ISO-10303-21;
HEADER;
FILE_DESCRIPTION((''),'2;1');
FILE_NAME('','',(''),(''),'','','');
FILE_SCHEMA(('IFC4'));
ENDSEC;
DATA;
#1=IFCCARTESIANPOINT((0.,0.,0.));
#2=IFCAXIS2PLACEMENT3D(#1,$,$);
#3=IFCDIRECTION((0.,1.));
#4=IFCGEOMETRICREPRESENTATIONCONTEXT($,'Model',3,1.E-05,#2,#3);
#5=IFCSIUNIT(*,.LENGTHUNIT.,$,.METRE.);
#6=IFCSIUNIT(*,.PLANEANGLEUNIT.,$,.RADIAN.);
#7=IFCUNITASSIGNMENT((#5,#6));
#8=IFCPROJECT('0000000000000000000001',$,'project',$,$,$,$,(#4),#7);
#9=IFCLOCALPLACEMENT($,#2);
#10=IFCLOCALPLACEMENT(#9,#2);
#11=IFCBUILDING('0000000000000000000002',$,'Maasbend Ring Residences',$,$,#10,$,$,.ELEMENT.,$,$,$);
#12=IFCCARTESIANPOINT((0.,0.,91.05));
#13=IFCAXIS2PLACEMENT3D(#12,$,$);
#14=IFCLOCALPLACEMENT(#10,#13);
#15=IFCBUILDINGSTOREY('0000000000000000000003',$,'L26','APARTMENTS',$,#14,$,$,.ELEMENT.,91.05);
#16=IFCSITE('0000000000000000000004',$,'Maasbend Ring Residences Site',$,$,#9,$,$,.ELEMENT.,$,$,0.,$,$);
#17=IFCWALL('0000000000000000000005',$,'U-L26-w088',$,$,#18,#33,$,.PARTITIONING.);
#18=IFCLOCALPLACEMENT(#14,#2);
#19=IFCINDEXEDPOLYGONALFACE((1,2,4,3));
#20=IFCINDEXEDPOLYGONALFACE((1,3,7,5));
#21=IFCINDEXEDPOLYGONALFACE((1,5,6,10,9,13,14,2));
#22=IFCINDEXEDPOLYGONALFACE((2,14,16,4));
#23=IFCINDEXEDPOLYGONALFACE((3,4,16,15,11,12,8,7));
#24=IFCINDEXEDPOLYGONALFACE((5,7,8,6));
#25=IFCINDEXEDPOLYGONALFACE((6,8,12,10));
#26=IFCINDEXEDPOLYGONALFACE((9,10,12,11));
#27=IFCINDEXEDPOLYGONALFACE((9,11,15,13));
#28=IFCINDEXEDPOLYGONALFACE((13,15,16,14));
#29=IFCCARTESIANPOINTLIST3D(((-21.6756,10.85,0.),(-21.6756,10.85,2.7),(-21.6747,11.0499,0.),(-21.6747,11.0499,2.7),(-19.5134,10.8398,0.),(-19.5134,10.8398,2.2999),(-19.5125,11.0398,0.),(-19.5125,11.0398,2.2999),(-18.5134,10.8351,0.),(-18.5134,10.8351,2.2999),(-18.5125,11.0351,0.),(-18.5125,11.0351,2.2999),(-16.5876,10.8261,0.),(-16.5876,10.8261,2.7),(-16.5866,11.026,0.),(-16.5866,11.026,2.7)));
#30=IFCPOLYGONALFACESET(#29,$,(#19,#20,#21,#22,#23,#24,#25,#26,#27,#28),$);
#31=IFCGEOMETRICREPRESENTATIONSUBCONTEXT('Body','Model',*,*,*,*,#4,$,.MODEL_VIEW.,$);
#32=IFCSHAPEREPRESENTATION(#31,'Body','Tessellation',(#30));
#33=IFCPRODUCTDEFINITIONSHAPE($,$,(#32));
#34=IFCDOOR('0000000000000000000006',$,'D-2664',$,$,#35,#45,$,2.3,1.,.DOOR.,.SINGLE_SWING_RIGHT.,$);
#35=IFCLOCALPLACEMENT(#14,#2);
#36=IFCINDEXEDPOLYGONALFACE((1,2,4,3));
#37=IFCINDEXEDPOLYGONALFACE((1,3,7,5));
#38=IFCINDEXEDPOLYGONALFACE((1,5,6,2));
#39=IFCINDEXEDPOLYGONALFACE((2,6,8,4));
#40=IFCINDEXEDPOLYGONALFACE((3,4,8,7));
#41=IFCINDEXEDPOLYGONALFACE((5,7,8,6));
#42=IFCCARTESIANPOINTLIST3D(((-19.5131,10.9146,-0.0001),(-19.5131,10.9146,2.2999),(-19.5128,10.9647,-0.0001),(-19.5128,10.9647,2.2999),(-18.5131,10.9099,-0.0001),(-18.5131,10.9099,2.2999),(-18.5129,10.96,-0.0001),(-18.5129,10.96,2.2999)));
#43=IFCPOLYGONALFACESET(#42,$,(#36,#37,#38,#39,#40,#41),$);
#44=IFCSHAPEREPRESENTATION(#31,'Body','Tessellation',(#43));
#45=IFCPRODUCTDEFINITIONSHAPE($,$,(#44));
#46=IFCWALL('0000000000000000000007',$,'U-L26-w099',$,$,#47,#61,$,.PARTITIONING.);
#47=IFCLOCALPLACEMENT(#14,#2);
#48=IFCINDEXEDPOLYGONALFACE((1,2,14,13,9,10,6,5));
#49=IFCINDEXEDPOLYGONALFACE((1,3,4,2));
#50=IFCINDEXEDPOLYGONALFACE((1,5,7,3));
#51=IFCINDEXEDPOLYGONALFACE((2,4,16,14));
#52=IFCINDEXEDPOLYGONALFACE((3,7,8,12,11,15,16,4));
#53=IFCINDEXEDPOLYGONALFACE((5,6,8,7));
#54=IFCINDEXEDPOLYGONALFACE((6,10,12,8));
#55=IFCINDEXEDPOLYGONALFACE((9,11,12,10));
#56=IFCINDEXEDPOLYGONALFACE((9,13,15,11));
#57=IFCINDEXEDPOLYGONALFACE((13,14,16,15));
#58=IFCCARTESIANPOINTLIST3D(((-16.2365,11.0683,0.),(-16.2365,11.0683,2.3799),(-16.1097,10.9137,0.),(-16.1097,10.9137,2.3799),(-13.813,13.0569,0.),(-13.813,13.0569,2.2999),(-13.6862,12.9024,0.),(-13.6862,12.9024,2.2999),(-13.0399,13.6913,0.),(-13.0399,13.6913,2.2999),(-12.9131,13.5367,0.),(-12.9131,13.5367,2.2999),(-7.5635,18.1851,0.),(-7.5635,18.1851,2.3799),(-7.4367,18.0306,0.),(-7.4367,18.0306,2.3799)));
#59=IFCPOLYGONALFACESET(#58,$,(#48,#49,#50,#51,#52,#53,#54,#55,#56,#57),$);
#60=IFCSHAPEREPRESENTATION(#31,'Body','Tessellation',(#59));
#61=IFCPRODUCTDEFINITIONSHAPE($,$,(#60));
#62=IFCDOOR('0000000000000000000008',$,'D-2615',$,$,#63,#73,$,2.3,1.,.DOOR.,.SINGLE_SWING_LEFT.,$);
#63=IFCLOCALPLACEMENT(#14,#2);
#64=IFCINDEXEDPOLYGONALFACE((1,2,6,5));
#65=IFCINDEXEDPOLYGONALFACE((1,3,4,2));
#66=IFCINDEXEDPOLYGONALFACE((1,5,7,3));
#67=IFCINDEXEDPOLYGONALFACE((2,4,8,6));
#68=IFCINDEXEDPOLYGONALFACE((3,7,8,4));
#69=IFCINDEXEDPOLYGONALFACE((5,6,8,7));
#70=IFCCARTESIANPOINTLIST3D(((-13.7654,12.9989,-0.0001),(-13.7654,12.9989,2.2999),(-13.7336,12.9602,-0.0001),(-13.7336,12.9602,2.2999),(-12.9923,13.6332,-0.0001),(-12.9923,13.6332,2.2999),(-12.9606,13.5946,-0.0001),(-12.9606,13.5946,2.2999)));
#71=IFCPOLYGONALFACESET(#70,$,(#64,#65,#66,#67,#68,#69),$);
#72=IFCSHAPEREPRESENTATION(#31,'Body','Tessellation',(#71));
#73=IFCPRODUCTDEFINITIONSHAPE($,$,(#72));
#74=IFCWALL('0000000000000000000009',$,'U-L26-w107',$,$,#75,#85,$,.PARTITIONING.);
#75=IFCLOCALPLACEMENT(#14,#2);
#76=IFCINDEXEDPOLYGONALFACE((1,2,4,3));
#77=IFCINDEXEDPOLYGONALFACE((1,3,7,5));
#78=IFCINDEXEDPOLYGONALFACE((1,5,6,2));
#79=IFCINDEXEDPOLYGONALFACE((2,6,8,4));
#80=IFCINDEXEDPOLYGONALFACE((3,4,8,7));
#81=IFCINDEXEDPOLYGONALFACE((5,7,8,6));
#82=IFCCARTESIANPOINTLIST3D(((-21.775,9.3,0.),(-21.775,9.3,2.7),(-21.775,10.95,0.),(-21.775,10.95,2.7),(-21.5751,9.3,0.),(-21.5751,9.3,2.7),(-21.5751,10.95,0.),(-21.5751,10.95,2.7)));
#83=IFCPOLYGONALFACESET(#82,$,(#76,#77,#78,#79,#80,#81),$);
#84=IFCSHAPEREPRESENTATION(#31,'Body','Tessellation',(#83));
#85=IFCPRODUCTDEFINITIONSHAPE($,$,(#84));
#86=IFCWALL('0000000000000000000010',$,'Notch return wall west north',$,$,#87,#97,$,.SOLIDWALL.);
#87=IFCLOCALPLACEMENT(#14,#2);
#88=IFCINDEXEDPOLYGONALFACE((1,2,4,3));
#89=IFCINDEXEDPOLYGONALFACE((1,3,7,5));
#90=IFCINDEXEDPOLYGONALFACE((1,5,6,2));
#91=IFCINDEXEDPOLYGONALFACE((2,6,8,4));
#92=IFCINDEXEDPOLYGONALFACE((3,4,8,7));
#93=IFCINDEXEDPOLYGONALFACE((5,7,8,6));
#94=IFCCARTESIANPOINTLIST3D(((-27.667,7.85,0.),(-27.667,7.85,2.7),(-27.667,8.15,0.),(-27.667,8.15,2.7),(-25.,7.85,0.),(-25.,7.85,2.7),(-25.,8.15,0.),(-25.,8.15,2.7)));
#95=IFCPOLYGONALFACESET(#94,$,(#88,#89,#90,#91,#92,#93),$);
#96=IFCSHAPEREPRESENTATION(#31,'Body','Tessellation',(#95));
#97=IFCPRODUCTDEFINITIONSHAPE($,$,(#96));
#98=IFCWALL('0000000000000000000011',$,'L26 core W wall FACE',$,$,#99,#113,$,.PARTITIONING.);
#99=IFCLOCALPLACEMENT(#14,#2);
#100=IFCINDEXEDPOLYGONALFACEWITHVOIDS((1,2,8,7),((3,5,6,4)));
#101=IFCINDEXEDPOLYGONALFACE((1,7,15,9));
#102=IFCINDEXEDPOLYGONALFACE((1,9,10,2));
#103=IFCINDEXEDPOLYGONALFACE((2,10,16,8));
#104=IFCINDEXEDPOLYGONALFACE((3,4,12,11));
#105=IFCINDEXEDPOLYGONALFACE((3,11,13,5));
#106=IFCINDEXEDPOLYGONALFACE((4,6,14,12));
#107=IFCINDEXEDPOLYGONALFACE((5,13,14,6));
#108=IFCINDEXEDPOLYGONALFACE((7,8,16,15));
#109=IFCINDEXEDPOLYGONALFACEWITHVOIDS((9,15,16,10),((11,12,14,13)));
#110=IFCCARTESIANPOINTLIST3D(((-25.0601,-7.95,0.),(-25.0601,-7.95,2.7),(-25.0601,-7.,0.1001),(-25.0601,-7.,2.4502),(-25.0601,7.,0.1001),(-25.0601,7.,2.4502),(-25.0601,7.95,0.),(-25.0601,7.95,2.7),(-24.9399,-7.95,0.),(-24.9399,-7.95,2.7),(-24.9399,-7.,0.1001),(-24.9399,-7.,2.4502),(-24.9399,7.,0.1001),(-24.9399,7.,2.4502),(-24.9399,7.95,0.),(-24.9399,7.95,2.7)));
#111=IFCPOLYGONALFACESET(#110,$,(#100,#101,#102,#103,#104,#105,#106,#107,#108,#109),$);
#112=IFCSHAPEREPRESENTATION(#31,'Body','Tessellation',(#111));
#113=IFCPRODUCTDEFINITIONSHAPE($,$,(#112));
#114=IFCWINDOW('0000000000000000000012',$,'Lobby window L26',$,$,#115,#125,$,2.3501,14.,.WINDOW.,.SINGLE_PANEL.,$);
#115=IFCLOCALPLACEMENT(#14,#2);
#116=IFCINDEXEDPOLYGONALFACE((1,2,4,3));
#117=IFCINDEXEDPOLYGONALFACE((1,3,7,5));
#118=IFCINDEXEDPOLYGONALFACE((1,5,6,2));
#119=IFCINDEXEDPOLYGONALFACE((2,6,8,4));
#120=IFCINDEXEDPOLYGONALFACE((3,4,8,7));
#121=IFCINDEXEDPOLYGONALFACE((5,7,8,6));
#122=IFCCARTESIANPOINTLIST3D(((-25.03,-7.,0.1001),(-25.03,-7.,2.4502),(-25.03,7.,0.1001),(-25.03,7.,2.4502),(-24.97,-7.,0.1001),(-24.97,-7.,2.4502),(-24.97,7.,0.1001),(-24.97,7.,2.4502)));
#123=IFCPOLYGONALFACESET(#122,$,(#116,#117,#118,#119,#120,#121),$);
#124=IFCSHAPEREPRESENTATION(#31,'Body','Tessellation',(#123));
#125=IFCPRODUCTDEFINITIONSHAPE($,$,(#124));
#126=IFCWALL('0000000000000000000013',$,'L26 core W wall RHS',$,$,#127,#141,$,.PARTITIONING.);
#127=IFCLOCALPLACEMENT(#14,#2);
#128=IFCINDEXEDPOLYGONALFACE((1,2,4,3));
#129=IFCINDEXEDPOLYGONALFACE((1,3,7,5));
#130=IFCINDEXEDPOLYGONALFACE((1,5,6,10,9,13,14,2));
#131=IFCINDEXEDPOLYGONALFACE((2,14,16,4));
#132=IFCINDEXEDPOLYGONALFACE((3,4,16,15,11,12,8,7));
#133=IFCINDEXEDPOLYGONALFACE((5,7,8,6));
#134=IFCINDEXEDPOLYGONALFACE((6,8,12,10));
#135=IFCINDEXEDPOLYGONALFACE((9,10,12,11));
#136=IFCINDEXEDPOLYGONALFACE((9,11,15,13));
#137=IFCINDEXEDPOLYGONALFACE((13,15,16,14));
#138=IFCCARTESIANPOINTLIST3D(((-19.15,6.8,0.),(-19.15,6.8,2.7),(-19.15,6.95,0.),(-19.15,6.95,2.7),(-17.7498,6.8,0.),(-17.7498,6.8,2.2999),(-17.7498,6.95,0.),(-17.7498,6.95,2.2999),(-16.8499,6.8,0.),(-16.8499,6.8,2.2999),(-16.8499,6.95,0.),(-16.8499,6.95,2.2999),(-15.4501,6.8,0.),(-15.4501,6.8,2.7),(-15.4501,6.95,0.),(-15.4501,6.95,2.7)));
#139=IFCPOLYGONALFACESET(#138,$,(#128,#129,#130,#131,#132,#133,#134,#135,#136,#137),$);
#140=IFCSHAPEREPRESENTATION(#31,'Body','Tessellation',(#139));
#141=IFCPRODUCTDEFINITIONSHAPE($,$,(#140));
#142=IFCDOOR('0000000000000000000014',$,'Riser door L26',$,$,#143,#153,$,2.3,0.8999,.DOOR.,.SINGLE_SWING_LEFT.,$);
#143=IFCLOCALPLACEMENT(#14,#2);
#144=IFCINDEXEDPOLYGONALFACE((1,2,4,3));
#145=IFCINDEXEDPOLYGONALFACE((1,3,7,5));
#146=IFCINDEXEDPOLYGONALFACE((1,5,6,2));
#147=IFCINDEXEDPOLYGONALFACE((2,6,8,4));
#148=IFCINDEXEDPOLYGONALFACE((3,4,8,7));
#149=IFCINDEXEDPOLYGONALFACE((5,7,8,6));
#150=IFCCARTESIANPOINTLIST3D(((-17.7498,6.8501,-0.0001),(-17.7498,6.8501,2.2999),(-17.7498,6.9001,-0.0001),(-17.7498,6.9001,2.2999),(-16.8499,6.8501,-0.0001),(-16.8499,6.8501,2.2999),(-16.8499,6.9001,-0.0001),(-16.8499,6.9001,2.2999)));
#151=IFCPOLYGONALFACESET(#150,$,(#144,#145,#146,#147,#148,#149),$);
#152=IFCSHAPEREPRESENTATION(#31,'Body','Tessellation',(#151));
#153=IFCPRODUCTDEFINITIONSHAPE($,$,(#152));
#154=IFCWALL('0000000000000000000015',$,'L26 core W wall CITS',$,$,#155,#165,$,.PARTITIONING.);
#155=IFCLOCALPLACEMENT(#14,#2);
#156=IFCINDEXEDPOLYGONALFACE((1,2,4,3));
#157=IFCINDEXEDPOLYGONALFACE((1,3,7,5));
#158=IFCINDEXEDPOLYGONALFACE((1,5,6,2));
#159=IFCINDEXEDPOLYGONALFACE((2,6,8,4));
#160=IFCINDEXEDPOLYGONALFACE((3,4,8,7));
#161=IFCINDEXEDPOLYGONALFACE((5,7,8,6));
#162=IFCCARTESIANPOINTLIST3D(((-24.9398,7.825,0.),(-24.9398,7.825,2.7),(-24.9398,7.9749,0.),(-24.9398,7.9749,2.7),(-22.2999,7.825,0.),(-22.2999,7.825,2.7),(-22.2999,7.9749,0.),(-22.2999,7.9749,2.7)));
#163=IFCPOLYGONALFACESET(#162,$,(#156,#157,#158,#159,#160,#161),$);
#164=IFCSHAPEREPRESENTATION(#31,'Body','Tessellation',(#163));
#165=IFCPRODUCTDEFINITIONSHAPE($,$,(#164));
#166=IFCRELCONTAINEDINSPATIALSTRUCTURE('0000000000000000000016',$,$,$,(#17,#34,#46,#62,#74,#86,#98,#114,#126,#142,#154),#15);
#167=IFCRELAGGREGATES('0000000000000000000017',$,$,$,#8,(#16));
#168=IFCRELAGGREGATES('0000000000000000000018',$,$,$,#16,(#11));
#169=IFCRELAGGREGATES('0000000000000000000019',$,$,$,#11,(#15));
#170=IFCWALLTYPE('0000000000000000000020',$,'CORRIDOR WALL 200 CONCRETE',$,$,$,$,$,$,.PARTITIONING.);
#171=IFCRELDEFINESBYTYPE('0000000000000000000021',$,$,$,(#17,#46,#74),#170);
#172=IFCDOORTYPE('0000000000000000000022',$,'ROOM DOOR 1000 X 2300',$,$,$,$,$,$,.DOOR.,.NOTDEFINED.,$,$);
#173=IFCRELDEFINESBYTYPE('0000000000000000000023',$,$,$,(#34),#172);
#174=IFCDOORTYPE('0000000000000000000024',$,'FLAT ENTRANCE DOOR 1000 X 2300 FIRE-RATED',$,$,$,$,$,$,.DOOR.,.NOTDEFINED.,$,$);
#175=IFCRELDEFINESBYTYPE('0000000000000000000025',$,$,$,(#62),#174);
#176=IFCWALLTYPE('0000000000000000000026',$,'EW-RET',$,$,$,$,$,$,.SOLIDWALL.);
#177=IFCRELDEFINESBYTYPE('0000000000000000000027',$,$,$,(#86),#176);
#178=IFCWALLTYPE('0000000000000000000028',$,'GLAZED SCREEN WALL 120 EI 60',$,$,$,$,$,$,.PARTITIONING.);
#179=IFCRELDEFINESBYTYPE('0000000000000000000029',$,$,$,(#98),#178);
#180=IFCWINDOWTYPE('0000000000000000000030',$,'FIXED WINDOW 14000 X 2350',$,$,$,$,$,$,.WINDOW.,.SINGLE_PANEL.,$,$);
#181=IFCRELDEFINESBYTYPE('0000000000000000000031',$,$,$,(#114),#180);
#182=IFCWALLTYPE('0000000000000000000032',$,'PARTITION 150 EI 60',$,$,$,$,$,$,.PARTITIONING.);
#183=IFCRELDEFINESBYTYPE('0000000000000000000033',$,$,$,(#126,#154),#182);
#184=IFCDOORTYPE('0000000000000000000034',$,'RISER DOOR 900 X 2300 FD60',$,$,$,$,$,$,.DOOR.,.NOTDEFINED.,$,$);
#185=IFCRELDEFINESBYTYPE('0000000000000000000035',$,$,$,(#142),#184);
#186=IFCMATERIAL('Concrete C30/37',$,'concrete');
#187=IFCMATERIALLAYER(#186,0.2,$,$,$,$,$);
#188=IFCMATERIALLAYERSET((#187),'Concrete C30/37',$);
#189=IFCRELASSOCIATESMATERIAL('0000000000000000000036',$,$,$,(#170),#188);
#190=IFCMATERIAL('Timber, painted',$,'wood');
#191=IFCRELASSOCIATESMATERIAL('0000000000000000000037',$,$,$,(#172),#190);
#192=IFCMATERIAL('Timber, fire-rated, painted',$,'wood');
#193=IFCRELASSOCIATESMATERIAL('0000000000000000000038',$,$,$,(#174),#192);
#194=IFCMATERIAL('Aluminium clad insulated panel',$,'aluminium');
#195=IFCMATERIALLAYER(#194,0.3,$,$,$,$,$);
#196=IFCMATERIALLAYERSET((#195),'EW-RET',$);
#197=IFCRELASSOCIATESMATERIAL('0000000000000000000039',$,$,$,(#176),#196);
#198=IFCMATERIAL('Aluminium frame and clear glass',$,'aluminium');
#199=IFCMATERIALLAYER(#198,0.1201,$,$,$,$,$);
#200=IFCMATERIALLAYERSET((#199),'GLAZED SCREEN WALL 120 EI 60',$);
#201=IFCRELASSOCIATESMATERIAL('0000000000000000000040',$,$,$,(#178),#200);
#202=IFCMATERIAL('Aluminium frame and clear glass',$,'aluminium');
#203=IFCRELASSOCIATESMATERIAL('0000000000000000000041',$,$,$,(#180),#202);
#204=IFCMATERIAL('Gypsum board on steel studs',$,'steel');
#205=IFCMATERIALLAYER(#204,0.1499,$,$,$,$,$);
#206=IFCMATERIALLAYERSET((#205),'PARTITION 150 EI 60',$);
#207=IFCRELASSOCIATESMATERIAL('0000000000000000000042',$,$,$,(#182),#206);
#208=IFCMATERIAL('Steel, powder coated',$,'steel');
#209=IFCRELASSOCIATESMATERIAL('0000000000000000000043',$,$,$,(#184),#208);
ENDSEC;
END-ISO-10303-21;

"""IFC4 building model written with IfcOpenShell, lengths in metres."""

from ifc_helpers import new_model, si_unit, direction, frame, frame_2d, origin, place, context, subcontext, project, spatial, rectangle, extrude, material, layer, layer_set, type_object, element, fill, save


model = new_model("IFC4")

# Units and contexts
model_context = context("Model", 3, precision=1e-05, world=origin(), true_north=direction((0.0, 1.0)))
body_context = subcontext(model_context, "Body", "Model", "MODEL_VIEW")
ifc_project = project(units=[si_unit("LENGTHUNIT", "METRE"), si_unit("PLANEANGLEUNIT", "RADIAN")], contexts=[model_context])

# Site, building, storey
site_placement = place(None, origin())
site = spatial("IfcSite", under=ifc_project, at=site_placement, Name="Maasbend Ring Residences Site", CompositionType="ELEMENT", RefElevation=0.0)
building_placement = place(site_placement, origin())
building = spatial("IfcBuilding", under=site, at=building_placement, Name="Maasbend Ring Residences", CompositionType="ELEMENT")
storey_placement = place(building_placement, frame((0.0, 0.0, 91.05)))
storey = spatial("IfcBuildingStorey", under=building, at=storey_placement, Name="L26", Description="APARTMENTS", CompositionType="ELEMENT", Elevation=91.05)

# Walls, openings, doors
ifc_material_1 = material(Name="Concrete C30/37", Category="concrete")
ifc_layer_1 = layer(ifc_material_1, 0.2)
ifc_layer_set_1 = layer_set([ifc_layer_1], Name="Concrete C30/37")
wall_type_1 = type_object("IfcWallType", Name="CORRIDOR WALL 200 CONCRETE", PredefinedType="PARTITIONING", material=ifc_layer_set_1)
wall_1_placement = place(storey_placement, frame((-21.675, 10.95, 0.0), z_axis=(0.0, 0.0, 1.0), x_axis=(0.999989, -0.004702, 0.0)))
wall_1 = element("IfcWall", 1, at=wall_1_placement, inside=storey, type_object=wall_type_1, Name="U-L26-w088", PredefinedType="PARTITIONING", context=body_context, shape_type="SweptSolid", body=[
    extrude(rectangle(XDim=5.0881, YDim=0.2, at=frame_2d((2.5439, 0.0))), origin(), (0.0, 0.0, 1.0), 2.7),
])
opening_1_placement = place(wall_1_placement, frame((2.1621, 0.0, 0.0)))
opening_1 = element("IfcOpeningElement", 2, at=opening_1_placement, cuts=wall_1, PredefinedType="OPENING", context=body_context, shape_type="SweptSolid", body=[
    extrude(rectangle(XDim=1.0, YDim=2.3, at=frame_2d((0.5, 1.1499))), frame((0.0, 0.1099, 0.0), z_axis=(0.0, -1.0, 0.0), x_axis=(1.0, 0.0, 0.0)), (0.0, 0.0, 1.0), 0.22),
])
ifc_material_2 = material(Name="Timber, painted", Category="wood")
door_type_1 = type_object("IfcDoorType", Name="ROOM DOOR 1000 X 2300", OperationType="NOTDEFINED", PredefinedType="DOOR", material=ifc_material_2)
door_1_placement = place(opening_1_placement, origin())
door_1 = element("IfcDoor", 3, at=door_1_placement, inside=storey, type_object=door_type_1, Name="D-2664", OperationType="SINGLE_SWING_RIGHT", OverallHeight=2.3, OverallWidth=1.0, PredefinedType="DOOR", context=body_context, shape_type="SweptSolid", body=[
    extrude(rectangle(XDim=1.0, YDim=2.3, at=frame_2d((0.5, 1.1499))), frame((0.0, 0.0249, 0.0), z_axis=(0.0, -1.0, 0.0), x_axis=(1.0, 0.0, 0.0)), (0.0, 0.0, 1.0), 0.05),
])
fill(opening_1, door_1)
wall_2_placement = place(storey_placement, frame((-16.1731, 10.991, 0.0), z_axis=(0.0, 0.0, 1.0), x_axis=(0.773049, 0.634346, 0.0)))
wall_2 = element("IfcWall", 4, at=wall_2_placement, inside=storey, type_object=wall_type_1, Name="U-L26-w099", PredefinedType="PARTITIONING", context=body_context, shape_type="SweptSolid", body=[
    extrude(rectangle(XDim=11.2192, YDim=0.2, at=frame_2d((5.6096, 0.0))), origin(), (0.0, 0.0, 1.0), 2.3799),
])
opening_2_placement = place(wall_2_placement, frame((3.135, 0.0, 0.0)))
opening_2 = element("IfcOpeningElement", 5, at=opening_2_placement, cuts=wall_2, PredefinedType="OPENING", context=body_context, shape_type="SweptSolid", body=[
    extrude(rectangle(XDim=1.0, YDim=2.3, at=frame_2d((0.5, 1.1499))), frame((0.0, 0.1099, 0.0), z_axis=(0.0, -1.0, 0.0), x_axis=(1.0, 0.0, 0.0)), (0.0, 0.0, 1.0), 0.22),
])
ifc_material_3 = material(Name="Timber, fire-rated, painted", Category="wood")
door_type_2 = type_object("IfcDoorType", Name="FLAT ENTRANCE DOOR 1000 X 2300 FIRE-RATED", OperationType="NOTDEFINED", PredefinedType="DOOR", material=ifc_material_3)
door_2_placement = place(opening_2_placement, origin())
door_2 = element("IfcDoor", 6, at=door_2_placement, inside=storey, type_object=door_type_2, Name="D-2615", OperationType="SINGLE_SWING_LEFT", OverallHeight=2.3, OverallWidth=1.0, PredefinedType="DOOR", context=body_context, shape_type="SweptSolid", body=[
    extrude(rectangle(XDim=1.0, YDim=2.3, at=frame_2d((0.5, 1.1499))), frame((0.0, 0.0249, 0.0), z_axis=(0.0, -1.0, 0.0), x_axis=(1.0, 0.0, 0.0)), (0.0, 0.0, 1.0), 0.05),
])
fill(opening_2, door_2)

# Walls
wall_3_placement = place(storey_placement, frame((-21.675, 9.3, 0.0), z_axis=(0.0, 0.0, 1.0), x_axis=(0.0, 1.0, 0.0)))
element("IfcWall", 7, at=wall_3_placement, inside=storey, type_object=wall_type_1, Name="U-L26-w107", PredefinedType="PARTITIONING", context=body_context, shape_type="SweptSolid", body=[
    extrude(rectangle(XDim=1.6499, YDim=0.2, at=frame_2d((0.825, 0.0))), origin(), (0.0, 0.0, 1.0), 2.7),
])
ifc_material_4 = material(Name="Aluminium clad insulated panel", Category="aluminium")
ifc_layer_2 = layer(ifc_material_4, 0.3)
ifc_layer_set_2 = layer_set([ifc_layer_2], Name="EW-RET")
wall_type_2 = type_object("IfcWallType", Name="EW-RET", PredefinedType="SOLIDWALL", material=ifc_layer_set_2)
wall_4_placement = place(storey_placement, frame((-25.0, 8.0, 0.0), z_axis=(0.0, 0.0, 1.0), x_axis=(-1.0, 0.0, 0.0)))
element("IfcWall", 8, at=wall_4_placement, inside=storey, type_object=wall_type_2, Name="Notch return wall west north", PredefinedType="SOLIDWALL", context=body_context, shape_type="SweptSolid", body=[
    extrude(rectangle(XDim=2.667, YDim=0.3, at=frame_2d((1.3335, 0.0))), origin(), (0.0, 0.0, 1.0), 2.7),
])

# Wall, opening, window
ifc_material_5 = material(Name="Aluminium frame and clear glass", Category="aluminium")
ifc_layer_3 = layer(ifc_material_5, 0.1201)
ifc_layer_set_3 = layer_set([ifc_layer_3], Name="GLAZED SCREEN WALL 120 EI 60")
wall_type_3 = type_object("IfcWallType", Name="GLAZED SCREEN WALL 120 EI 60", PredefinedType="PARTITIONING", material=ifc_layer_set_3)
wall_5_placement = place(storey_placement, frame((-25.0, 7.95, 0.0), z_axis=(0.0, 0.0, 1.0), x_axis=(0.0, -1.0, 0.0)))
wall_5 = element("IfcWall", 9, at=wall_5_placement, inside=storey, type_object=wall_type_3, Name="L26 core W wall FACE", PredefinedType="PARTITIONING", context=body_context, shape_type="SweptSolid", body=[
    extrude(rectangle(XDim=15.8999, YDim=0.1201, at=frame_2d((7.95, 0.0))), origin(), (0.0, 0.0, 1.0), 2.7),
])
opening_3_placement = place(wall_5_placement, frame((0.95, 0.0, 0.1001)))
opening_3 = element("IfcOpeningElement", 10, at=opening_3_placement, cuts=wall_5, PredefinedType="OPENING", context=body_context, shape_type="SweptSolid", body=[
    extrude(rectangle(XDim=14.0, YDim=2.3501, at=frame_2d((7.0, 1.175))), frame((0.0, 0.0701, 0.0), z_axis=(0.0, -1.0, 0.0), x_axis=(1.0, 0.0, 0.0)), (0.0, 0.0, 1.0), 0.1401),
])
ifc_material_6 = material(Name="Aluminium frame and clear glass", Category="aluminium")
window_type = type_object("IfcWindowType", Name="FIXED WINDOW 14000 X 2350", PartitioningType="SINGLE_PANEL", PredefinedType="WINDOW", material=ifc_material_6)
window_placement = place(opening_3_placement, origin())
window = element("IfcWindow", 11, at=window_placement, inside=storey, type_object=window_type, Name="Lobby window L26", OverallHeight=2.3501, OverallWidth=14.0, PartitioningType="SINGLE_PANEL", PredefinedType="WINDOW", context=body_context, shape_type="SweptSolid", body=[
    extrude(rectangle(XDim=14.0, YDim=2.3501, at=frame_2d((7.0, 1.175))), frame((0.0, 0.03, 0.0), z_axis=(0.0, -1.0, 0.0), x_axis=(1.0, 0.0, 0.0)), (0.0, 0.0, 1.0), 0.0601),
])
fill(opening_3, window)

# Wall, opening, door
ifc_material_7 = material(Name="Gypsum board on steel studs", Category="steel")
ifc_layer_4 = layer(ifc_material_7, 0.1499)
ifc_layer_set_4 = layer_set([ifc_layer_4], Name="PARTITION 150 EI 60")
wall_type_4 = type_object("IfcWallType", Name="PARTITION 150 EI 60", PredefinedType="PARTITIONING", material=ifc_layer_set_4)
wall_6_placement = place(storey_placement, frame((-15.45, 6.875, 0.0), z_axis=(0.0, 0.0, 1.0), x_axis=(-1.0, 0.0, 0.0)))
wall_6 = element("IfcWall", 12, at=wall_6_placement, inside=storey, type_object=wall_type_4, Name="L26 core W wall RHS", PredefinedType="PARTITIONING", context=body_context, shape_type="SweptSolid", body=[
    extrude(rectangle(XDim=3.7, YDim=0.1499, at=frame_2d((1.8501, 0.0))), origin(), (0.0, 0.0, 1.0), 2.7),
])
opening_4_placement = place(wall_6_placement, frame((1.3999, 0.0, 0.0)))
opening_4 = element("IfcOpeningElement", 13, at=opening_4_placement, cuts=wall_6, PredefinedType="OPENING", context=body_context, shape_type="SweptSolid", body=[
    extrude(rectangle(XDim=0.8999, YDim=2.3, at=frame_2d((0.45, 1.1499))), frame((0.0, 0.085, 0.0), z_axis=(0.0, -1.0, 0.0), x_axis=(1.0, 0.0, 0.0)), (0.0, 0.0, 1.0), 0.1699),
])
ifc_material_8 = material(Name="Steel, powder coated", Category="steel")
door_type_3 = type_object("IfcDoorType", Name="RISER DOOR 900 X 2300 FD60", OperationType="NOTDEFINED", PredefinedType="DOOR", material=ifc_material_8)
door_3_placement = place(opening_4_placement, origin())
door_3 = element("IfcDoor", 14, at=door_3_placement, inside=storey, type_object=door_type_3, Name="Riser door L26", OperationType="SINGLE_SWING_LEFT", OverallHeight=2.3, OverallWidth=0.8999, PredefinedType="DOOR", context=body_context, shape_type="SweptSolid", body=[
    extrude(rectangle(XDim=0.8999, YDim=2.3, at=frame_2d((0.45, 1.1499))), frame((0.0, 0.0249, 0.0), z_axis=(0.0, -1.0, 0.0), x_axis=(1.0, 0.0, 0.0)), (0.0, 0.0, 1.0), 0.05),
])
fill(opening_4, door_3)

# Wall
wall_7_placement = place(storey_placement, frame((-22.3, 7.8999, 0.0), z_axis=(0.0, 0.0, 1.0), x_axis=(-1.0, 0.0, 0.0)))
element("IfcWall", 15, at=wall_7_placement, inside=storey, type_object=wall_type_4, Name="L26 core W wall CITS", PredefinedType="PARTITIONING", context=body_context, shape_type="SweptSolid", body=[
    extrude(rectangle(XDim=2.6399, YDim=0.1499, at=frame_2d((1.3198, 0.0))), origin(), (0.0, 0.0, 1.0), 2.7),
])

save(model, "model.ifc")
